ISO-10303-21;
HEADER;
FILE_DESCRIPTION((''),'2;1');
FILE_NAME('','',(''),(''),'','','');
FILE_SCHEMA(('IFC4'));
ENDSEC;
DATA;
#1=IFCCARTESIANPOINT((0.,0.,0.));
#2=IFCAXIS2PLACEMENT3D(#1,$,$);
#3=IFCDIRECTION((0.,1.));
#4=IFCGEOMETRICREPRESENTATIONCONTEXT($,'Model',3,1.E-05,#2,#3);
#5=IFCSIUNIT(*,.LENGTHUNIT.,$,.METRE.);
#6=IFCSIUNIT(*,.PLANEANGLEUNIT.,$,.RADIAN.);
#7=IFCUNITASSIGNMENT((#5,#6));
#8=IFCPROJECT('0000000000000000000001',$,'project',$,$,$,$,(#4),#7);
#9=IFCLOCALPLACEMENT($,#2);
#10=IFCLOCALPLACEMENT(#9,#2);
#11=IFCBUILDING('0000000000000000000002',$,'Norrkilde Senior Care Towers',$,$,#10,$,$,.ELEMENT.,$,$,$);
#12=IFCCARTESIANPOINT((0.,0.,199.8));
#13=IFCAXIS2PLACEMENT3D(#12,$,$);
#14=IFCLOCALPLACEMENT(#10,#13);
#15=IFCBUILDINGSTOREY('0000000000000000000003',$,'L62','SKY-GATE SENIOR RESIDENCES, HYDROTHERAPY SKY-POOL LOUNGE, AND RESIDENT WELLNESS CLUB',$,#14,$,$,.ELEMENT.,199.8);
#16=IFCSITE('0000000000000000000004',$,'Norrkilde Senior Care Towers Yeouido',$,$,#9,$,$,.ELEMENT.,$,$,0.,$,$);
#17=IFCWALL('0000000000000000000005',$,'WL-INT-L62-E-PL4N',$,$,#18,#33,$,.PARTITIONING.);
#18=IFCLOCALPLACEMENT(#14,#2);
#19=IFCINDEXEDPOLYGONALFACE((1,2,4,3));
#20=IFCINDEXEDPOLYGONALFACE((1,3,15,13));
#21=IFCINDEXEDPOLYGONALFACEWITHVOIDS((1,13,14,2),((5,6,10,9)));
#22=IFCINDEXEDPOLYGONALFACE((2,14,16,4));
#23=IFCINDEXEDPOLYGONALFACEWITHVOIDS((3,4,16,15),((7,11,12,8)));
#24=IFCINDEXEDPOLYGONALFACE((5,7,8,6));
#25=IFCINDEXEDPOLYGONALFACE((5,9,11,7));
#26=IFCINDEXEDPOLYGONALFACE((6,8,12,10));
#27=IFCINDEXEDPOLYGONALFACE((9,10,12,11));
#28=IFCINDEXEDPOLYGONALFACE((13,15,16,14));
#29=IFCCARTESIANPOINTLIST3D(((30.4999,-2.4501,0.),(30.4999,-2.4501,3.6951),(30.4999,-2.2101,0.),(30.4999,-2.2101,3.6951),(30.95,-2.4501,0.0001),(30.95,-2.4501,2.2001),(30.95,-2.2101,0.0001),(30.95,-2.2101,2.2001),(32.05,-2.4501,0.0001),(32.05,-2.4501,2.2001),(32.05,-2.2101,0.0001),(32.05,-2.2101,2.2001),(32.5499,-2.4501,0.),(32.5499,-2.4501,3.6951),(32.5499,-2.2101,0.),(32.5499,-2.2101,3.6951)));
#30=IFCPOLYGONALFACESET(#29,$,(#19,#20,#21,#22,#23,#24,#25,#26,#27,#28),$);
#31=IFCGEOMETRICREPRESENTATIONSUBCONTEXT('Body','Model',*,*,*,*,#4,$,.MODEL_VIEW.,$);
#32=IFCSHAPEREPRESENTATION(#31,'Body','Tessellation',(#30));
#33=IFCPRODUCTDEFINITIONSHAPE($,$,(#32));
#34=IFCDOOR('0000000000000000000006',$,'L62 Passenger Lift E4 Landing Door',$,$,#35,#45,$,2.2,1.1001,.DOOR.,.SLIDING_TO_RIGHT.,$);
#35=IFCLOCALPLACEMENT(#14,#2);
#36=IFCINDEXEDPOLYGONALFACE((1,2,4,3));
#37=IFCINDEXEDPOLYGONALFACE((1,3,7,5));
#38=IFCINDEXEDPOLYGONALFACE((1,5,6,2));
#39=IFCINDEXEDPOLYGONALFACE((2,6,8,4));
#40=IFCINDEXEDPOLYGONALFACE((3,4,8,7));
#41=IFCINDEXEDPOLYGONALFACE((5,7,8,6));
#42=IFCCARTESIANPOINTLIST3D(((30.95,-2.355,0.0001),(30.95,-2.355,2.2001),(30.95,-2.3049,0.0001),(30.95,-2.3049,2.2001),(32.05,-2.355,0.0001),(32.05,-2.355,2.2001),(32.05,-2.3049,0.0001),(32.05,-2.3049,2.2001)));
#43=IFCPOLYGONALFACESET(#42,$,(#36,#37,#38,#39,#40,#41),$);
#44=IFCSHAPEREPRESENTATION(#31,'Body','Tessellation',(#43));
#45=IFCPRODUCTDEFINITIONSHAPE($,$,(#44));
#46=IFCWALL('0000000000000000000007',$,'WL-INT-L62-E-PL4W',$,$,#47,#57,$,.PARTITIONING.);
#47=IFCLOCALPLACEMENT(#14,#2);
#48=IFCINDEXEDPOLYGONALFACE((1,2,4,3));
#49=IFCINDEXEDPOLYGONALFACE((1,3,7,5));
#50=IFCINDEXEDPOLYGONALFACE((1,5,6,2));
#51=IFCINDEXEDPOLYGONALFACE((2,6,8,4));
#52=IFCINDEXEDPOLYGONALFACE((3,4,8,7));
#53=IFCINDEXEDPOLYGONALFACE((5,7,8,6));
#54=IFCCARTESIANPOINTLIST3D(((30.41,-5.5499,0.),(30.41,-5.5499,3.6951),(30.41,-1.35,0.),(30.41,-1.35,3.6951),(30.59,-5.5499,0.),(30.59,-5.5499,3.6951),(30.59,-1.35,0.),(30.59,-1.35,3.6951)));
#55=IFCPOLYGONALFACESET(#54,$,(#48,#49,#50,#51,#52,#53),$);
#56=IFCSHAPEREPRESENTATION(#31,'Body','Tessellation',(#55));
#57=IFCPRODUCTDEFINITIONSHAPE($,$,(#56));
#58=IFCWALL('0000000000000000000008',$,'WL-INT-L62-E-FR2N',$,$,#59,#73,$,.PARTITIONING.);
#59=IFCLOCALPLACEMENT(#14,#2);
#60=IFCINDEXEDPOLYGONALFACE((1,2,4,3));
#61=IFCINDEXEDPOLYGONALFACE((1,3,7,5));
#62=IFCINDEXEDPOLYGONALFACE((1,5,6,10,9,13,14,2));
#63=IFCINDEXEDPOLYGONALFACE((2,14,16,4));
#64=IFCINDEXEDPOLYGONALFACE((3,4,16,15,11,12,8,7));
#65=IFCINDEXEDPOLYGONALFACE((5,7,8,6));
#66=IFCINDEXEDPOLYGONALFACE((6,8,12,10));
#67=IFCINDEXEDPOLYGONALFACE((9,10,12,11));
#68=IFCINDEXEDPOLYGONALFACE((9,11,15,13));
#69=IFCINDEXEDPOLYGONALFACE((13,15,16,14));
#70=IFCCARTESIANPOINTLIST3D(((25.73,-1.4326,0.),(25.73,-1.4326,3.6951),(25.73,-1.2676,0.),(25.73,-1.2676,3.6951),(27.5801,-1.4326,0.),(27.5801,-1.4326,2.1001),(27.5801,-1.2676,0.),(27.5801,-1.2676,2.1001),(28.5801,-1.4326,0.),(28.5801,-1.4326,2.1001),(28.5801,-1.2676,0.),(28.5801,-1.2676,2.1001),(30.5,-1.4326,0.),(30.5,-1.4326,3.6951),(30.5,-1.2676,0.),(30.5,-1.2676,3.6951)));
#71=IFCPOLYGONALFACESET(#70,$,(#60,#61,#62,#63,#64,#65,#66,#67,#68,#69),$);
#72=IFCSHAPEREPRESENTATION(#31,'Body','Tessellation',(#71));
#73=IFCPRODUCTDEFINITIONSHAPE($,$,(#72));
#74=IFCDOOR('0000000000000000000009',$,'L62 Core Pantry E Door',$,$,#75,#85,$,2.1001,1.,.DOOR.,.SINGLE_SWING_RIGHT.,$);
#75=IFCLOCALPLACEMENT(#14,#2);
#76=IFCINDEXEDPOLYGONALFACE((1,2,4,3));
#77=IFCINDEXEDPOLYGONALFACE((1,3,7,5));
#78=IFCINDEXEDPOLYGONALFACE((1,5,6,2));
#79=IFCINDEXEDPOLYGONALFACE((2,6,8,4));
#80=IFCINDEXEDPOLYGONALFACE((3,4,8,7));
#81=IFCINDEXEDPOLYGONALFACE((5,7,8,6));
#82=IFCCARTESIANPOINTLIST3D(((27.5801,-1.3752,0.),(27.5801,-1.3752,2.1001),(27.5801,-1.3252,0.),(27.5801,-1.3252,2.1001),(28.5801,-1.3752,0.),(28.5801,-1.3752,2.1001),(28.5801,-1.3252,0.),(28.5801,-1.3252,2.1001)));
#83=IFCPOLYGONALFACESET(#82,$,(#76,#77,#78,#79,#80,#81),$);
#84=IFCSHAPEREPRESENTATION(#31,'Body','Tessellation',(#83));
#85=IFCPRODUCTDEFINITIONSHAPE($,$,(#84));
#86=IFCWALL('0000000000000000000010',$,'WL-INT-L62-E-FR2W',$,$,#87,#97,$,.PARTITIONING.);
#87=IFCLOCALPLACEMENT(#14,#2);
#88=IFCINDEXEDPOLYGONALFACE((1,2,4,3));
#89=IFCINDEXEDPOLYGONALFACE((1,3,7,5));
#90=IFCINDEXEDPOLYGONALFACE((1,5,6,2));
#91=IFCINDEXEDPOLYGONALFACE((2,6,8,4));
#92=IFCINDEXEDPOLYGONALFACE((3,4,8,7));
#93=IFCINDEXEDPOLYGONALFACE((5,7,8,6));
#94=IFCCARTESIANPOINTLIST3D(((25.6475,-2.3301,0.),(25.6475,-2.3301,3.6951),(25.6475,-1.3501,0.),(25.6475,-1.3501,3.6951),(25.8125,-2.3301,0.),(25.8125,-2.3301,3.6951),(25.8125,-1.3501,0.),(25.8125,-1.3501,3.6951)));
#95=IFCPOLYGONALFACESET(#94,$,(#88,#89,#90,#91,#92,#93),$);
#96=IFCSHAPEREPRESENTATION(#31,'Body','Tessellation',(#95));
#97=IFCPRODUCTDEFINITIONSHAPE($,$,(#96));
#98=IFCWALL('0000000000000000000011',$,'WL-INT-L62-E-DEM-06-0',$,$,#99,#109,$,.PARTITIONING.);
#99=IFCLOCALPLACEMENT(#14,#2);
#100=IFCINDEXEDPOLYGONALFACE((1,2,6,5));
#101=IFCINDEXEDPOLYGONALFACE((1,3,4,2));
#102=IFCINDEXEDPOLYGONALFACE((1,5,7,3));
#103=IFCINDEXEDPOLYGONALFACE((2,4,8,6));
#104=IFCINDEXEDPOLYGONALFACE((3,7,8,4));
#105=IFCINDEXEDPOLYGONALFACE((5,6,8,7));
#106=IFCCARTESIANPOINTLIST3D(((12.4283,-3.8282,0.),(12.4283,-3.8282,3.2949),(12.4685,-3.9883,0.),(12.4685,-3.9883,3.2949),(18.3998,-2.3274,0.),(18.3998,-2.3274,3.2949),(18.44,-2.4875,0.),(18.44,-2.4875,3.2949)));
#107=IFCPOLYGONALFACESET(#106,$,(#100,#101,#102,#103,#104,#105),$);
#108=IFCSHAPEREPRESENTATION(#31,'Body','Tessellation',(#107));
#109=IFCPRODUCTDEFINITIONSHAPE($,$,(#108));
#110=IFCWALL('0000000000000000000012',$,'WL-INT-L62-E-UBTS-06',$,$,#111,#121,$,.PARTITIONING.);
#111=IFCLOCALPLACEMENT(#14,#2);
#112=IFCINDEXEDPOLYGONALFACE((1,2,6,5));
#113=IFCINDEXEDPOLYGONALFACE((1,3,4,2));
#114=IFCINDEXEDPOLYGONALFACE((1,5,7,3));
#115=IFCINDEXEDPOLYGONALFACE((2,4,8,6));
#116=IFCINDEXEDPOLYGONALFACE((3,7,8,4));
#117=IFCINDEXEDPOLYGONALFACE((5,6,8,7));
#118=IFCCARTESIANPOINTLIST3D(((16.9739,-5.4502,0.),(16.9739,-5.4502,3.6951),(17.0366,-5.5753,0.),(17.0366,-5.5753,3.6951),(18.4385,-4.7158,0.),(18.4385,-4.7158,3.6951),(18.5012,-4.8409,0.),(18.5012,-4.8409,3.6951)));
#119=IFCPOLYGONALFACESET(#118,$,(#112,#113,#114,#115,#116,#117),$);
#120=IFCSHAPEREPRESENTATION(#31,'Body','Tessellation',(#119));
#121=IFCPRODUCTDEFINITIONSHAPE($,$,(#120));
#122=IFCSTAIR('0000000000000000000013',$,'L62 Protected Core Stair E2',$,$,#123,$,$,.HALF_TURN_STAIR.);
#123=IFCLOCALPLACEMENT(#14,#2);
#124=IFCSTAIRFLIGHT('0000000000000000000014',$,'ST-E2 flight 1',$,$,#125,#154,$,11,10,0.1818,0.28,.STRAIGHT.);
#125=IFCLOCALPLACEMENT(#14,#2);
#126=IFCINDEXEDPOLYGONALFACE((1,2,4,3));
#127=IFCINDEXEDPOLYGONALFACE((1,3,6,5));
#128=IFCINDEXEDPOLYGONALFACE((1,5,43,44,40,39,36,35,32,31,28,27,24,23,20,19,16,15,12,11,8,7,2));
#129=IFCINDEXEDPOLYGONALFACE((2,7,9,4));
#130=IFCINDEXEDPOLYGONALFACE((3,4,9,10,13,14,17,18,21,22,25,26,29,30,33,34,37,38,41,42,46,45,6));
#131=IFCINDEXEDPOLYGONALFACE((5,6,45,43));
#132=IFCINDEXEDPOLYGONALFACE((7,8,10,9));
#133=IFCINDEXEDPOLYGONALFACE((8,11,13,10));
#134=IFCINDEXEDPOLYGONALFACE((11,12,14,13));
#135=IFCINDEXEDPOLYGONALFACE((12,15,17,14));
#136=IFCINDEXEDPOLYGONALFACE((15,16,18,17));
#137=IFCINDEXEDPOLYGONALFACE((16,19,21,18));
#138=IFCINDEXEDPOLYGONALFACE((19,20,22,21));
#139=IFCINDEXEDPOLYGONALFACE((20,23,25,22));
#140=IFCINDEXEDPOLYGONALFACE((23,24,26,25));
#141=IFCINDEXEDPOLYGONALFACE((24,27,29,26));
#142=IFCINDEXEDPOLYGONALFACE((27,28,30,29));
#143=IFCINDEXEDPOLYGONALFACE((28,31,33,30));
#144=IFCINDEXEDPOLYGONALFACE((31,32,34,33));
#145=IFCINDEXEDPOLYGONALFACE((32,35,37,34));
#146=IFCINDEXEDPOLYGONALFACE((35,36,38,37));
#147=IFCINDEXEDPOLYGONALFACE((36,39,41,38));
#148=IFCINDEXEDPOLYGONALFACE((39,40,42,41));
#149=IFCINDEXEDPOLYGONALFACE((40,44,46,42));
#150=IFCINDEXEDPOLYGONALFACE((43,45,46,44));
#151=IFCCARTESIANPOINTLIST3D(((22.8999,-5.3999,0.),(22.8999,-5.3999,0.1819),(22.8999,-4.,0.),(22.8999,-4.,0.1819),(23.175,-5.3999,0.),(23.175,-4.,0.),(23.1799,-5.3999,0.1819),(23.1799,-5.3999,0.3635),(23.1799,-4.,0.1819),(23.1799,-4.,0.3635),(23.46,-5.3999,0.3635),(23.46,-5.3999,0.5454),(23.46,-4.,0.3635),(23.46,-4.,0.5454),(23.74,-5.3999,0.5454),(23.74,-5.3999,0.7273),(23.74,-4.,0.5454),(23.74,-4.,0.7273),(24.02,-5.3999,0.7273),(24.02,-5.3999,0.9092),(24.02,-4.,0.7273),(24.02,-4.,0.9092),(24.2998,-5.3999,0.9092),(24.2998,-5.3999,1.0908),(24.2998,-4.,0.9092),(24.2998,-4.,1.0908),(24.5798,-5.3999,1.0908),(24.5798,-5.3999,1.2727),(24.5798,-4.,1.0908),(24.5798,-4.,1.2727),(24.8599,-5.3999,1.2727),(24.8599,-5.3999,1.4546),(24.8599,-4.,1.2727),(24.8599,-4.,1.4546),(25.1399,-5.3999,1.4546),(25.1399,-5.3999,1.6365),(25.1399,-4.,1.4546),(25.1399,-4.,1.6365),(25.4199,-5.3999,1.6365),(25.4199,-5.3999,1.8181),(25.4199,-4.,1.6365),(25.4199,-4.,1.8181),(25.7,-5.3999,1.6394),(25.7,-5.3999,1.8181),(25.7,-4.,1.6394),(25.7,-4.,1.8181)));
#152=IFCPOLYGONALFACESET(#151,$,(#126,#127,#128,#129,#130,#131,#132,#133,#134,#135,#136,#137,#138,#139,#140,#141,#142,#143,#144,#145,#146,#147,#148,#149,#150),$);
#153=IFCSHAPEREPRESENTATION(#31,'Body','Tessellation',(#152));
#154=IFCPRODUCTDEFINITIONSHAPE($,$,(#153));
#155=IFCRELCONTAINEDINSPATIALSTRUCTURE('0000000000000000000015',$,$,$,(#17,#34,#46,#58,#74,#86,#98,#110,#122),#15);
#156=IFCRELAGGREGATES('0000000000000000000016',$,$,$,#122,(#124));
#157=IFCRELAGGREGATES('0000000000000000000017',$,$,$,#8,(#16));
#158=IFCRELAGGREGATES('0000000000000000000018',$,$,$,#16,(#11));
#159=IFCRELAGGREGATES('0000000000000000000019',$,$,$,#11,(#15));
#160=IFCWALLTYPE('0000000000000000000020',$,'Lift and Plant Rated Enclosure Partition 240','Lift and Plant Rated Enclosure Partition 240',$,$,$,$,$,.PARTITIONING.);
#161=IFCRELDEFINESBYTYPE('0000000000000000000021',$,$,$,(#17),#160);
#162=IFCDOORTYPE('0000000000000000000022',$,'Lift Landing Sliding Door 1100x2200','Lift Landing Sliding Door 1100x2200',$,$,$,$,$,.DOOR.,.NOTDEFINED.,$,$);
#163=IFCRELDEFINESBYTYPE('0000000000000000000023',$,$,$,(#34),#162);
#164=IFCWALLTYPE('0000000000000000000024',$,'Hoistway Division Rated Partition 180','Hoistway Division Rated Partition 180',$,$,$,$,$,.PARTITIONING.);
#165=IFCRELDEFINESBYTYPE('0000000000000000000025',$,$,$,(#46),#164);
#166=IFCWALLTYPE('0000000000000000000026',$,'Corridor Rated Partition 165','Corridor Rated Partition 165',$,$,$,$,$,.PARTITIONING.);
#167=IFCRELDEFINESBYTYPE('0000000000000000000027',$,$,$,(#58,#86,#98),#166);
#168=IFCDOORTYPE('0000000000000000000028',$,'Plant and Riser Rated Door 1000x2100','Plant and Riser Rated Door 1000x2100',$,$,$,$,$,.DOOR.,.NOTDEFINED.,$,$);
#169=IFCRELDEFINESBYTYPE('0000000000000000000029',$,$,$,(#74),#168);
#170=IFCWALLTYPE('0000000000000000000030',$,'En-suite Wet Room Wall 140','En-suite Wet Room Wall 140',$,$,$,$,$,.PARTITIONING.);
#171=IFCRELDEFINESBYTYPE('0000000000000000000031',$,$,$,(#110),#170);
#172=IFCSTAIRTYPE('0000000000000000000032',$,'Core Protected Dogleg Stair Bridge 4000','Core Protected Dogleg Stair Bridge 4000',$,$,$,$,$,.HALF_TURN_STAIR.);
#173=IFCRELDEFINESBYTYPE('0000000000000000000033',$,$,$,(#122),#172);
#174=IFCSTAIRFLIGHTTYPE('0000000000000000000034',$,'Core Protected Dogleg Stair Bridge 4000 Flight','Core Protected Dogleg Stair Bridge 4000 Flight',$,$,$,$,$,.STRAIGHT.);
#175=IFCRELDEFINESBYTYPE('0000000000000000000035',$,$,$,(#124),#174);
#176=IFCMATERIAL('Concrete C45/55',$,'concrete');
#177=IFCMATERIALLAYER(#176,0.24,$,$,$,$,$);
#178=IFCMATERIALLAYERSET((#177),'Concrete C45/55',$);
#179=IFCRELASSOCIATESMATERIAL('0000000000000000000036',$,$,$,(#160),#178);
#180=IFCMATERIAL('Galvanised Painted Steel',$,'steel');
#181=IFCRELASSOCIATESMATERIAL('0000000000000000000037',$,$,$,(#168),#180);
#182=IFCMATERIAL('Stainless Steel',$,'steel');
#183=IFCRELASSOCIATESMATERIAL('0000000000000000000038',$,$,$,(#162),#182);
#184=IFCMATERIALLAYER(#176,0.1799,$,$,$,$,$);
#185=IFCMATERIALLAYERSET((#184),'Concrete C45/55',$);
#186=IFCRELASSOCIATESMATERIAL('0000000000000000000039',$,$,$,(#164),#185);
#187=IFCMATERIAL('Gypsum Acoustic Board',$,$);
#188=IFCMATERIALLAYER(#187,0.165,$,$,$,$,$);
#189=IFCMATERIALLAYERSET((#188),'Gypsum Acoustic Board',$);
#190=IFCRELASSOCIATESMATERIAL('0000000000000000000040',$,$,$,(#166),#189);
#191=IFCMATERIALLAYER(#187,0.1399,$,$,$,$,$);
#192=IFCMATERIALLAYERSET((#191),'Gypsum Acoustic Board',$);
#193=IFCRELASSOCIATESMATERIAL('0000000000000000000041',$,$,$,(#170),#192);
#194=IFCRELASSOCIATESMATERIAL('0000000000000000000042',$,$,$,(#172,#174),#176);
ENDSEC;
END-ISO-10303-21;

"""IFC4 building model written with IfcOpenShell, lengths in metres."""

from ifc_helpers import new_model, si_unit, direction, frame, frame_2d, origin, place, context, subcontext, project, spatial, polyline, rectangle, outline, extrude, source, transform, mapped, material, layer, layer_set, type_object, type_shapes, element, fill, aggregate, save


model = new_model("IFC4")

# Units and contexts
model_context = context("Model", 3, precision=1e-05, world=origin(), true_north=direction((0.0, 1.0)))
body_context = subcontext(model_context, "Body", "Model", "MODEL_VIEW")
ifc_project = project(units=[si_unit("LENGTHUNIT", "METRE"), si_unit("PLANEANGLEUNIT", "RADIAN")], contexts=[model_context])

# Site, building, storey
site_placement = place(None, origin())
site = spatial("IfcSite", under=ifc_project, at=site_placement, Name="Norrkilde Senior Care Towers Yeouido", CompositionType="ELEMENT", RefElevation=0.0)
building_placement = place(site_placement, origin())
building = spatial("IfcBuilding", under=site, at=building_placement, Name="Norrkilde Senior Care Towers", CompositionType="ELEMENT")
storey_placement = place(building_placement, frame((0.0, 0.0, 199.8)))
storey = spatial("IfcBuildingStorey", under=building, at=storey_placement, Name="L62", Description="SKY-GATE SENIOR RESIDENCES, HYDROTHERAPY SKY-POOL LOUNGE, AND RESIDENT WELLNESS CLUB", CompositionType="ELEMENT", Elevation=199.8)

# Shared definitions
ifc_material_1 = material(Name="Galvanised Painted Steel", Category="steel")
ifc_material_2 = material(Name="Concrete C45/55", Category="concrete")

# Shared definitions
ifc_layer_1 = layer(ifc_material_2, 0.24)
ifc_layer_set_1 = layer_set([ifc_layer_1], Name="Concrete C45/55")
wall_type_1 = type_object("IfcWallType", Name="Lift and Plant Rated Enclosure Partition 240", Description="Lift and Plant Rated Enclosure Partition 240", PredefinedType="PARTITIONING", material=ifc_layer_set_1)
door_type_1 = type_object("IfcDoorType", Name="Plant and Riser Rated Door 1000x2100", Description="Plant and Riser Rated Door 1000x2100", OperationType="NOTDEFINED", PredefinedType="DOOR", material=ifc_material_1)
shared_shape_1 = source(origin(), body_context, "Body", "SweptSolid", [
    extrude(rectangle(XDim=1.0, YDim=2.1001, at=frame_2d((0.5, 1.05))), frame((0.0, 0.0249, 0.0), z_axis=(0.0, -1.0, 0.0), x_axis=(1.0, 0.0, 0.0)), (0.0, 0.0, 1.0), 0.05),
])
type_shapes(door_type_1, [shared_shape_1])

# Shared definitions
ifc_material_3 = material(Name="Gypsum Acoustic Board")

# Wall, opening, door
shared_shape_2 = source(origin(), body_context, "Body", "SweptSolid", [
    extrude(rectangle(XDim=2.05, YDim=0.24, at=frame_2d((1.0249, 0.0))), origin(), (0.0, 0.0, 1.0), 3.6951),
])
wall_1_placement = place(storey_placement, frame((30.5, -2.3301, 0.0), z_axis=(0.0, 0.0, 1.0), x_axis=(1.0, 0.0, 0.0)))
wall_1 = element("IfcWall", 1, at=wall_1_placement, inside=storey, type_object=wall_type_1, Name="WL-INT-L62-E-PL4N", PredefinedType="PARTITIONING", context=body_context, shape_type="MappedRepresentation", body=[
    mapped(shared_shape_2, transform((0.0, 0.0, 0.0), x_axis=(1.0, 0.0, 0.0), y_axis=(0.0, 1.0, 0.0), z_axis=(0.0, 0.0, 1.0), scale=1.0)),
])
opening_1_placement = place(wall_1_placement, frame((0.45, 0.0, 0.0)))
opening_1 = element("IfcOpeningElement", 2, at=opening_1_placement, cuts=wall_1, PredefinedType="OPENING", context=body_context, shape_type="SweptSolid", body=[
    extrude(rectangle(XDim=1.1001, YDim=2.2, at=frame_2d((0.55, 1.1001))), frame((0.0, 0.1299, 0.0), z_axis=(0.0, -1.0, 0.0), x_axis=(1.0, 0.0, 0.0)), (0.0, 0.0, 1.0), 0.26),
])
ifc_material_4 = material(Name="Stainless Steel", Category="steel")
door_type_2 = type_object("IfcDoorType", Name="Lift Landing Sliding Door 1100x2200", Description="Lift Landing Sliding Door 1100x2200", OperationType="NOTDEFINED", PredefinedType="DOOR", material=ifc_material_4)
shared_shape_3 = source(origin(), body_context, "Body", "SweptSolid", [
    extrude(rectangle(XDim=1.1001, YDim=2.2, at=frame_2d((0.55, 1.1001))), frame((0.0, 0.0249, 0.0), z_axis=(0.0, -1.0, 0.0), x_axis=(1.0, 0.0, 0.0)), (0.0, 0.0, 1.0), 0.05),
])
type_shapes(door_type_2, [shared_shape_3])
door_1_placement = place(opening_1_placement, frame((1.1001, 0.0, 0.0), z_axis=(0.0, 0.0, 1.0), x_axis=(-1.0, 0.0, 0.0)))
door_1 = element("IfcDoor", 3, at=door_1_placement, inside=storey, type_object=door_type_2, Name="L62 Passenger Lift E4 Landing Door", OperationType="SLIDING_TO_RIGHT", OverallHeight=2.2, OverallWidth=1.1001, PredefinedType="DOOR", context=body_context, shape_type="MappedRepresentation", body=[
    mapped(shared_shape_3, transform((0.0, 0.0, 0.0), x_axis=(1.0, 0.0, 0.0), y_axis=(0.0, 1.0, 0.0), z_axis=(0.0, 0.0, 1.0), scale=1.0)),
])
fill(opening_1, door_1)

# Wall
ifc_layer_2 = layer(ifc_material_2, 0.1799)
ifc_layer_set_2 = layer_set([ifc_layer_2], Name="Concrete C45/55")
wall_type_2 = type_object("IfcWallType", Name="Hoistway Division Rated Partition 180", Description="Hoistway Division Rated Partition 180", PredefinedType="PARTITIONING", material=ifc_layer_set_2)
shared_shape_4 = source(origin(), body_context, "Body", "SweptSolid", [
    extrude(rectangle(XDim=4.2, YDim=0.1799, at=frame_2d((2.1001, 0.0))), origin(), (0.0, 0.0, 1.0), 3.6951),
])
type_shapes(wall_type_2, [shared_shape_4])
wall_2_placement = place(storey_placement, frame((30.5, -5.55, 0.0), z_axis=(0.0, 0.0, 1.0), x_axis=(0.0, 1.0, 0.0)))
element("IfcWall", 4, at=wall_2_placement, inside=storey, type_object=wall_type_2, Name="WL-INT-L62-E-PL4W", PredefinedType="PARTITIONING", context=body_context, shape_type="MappedRepresentation", body=[
    mapped(shared_shape_4, transform((0.0, 0.0, 0.0), x_axis=(1.0, 0.0, 0.0), y_axis=(0.0, 1.0, 0.0), z_axis=(0.0, 0.0, 1.0), scale=1.0)),
])

# Wall, opening, door
ifc_layer_3 = layer(ifc_material_3, 0.165)
ifc_layer_set_3 = layer_set([ifc_layer_3], Name="Gypsum Acoustic Board")
wall_type_3 = type_object("IfcWallType", Name="Corridor Rated Partition 165", Description="Corridor Rated Partition 165", PredefinedType="PARTITIONING", material=ifc_layer_set_3)
shared_shape_5 = source(origin(), body_context, "Body", "SweptSolid", [
    extrude(rectangle(XDim=4.77, YDim=0.165, at=frame_2d((2.385, 0.0))), origin(), (0.0, 0.0, 1.0), 3.6951),
])
wall_3_placement = place(storey_placement, frame((25.73, -1.3501, 0.0), z_axis=(0.0, 0.0, 1.0), x_axis=(1.0, 0.0, 0.0)))
wall_3 = element("IfcWall", 5, at=wall_3_placement, inside=storey, type_object=wall_type_3, Name="WL-INT-L62-E-FR2N", PredefinedType="PARTITIONING", context=body_context, shape_type="MappedRepresentation", body=[
    mapped(shared_shape_5, transform((0.0, 0.0, 0.0), x_axis=(1.0, 0.0, 0.0), y_axis=(0.0, 1.0, 0.0), z_axis=(0.0, 0.0, 1.0), scale=1.0)),
])
opening_2_placement = place(wall_3_placement, frame((1.8501, 0.0, 0.0)))
opening_2 = element("IfcOpeningElement", 6, at=opening_2_placement, cuts=wall_3, PredefinedType="OPENING", context=body_context, shape_type="SweptSolid", body=[
    extrude(rectangle(XDim=1.0, YDim=2.1001, at=frame_2d((0.5, 1.05))), frame((0.0, 0.0925, 0.0), z_axis=(0.0, -1.0, 0.0), x_axis=(1.0, 0.0, 0.0)), (0.0, 0.0, 1.0), 0.1851),
])
door_2_placement = place(opening_2_placement, origin())
door_2 = element("IfcDoor", 7, at=door_2_placement, inside=storey, type_object=door_type_1, Name="L62 Core Pantry E Door", OperationType="SINGLE_SWING_RIGHT", OverallHeight=2.1001, OverallWidth=1.0, PredefinedType="DOOR", context=body_context, shape_type="MappedRepresentation", body=[
    mapped(shared_shape_1, transform((0.0, 0.0, 0.0), x_axis=(1.0, 0.0, 0.0), y_axis=(0.0, 1.0, 0.0), z_axis=(0.0, 0.0, 1.0), scale=1.0)),
])
fill(opening_2, door_2)

# Walls
shared_shape_6 = source(origin(), body_context, "Body", "SweptSolid", [
    extrude(rectangle(XDim=0.98, YDim=0.165, at=frame_2d((0.49, 0.0))), origin(), (0.0, 0.0, 1.0), 3.6951),
])
wall_4_placement = place(storey_placement, frame((25.73, -2.3301, 0.0), z_axis=(0.0, 0.0, 1.0), x_axis=(0.0, 1.0, 0.0)))
element("IfcWall", 8, at=wall_4_placement, inside=storey, type_object=wall_type_3, Name="WL-INT-L62-E-FR2W", PredefinedType="PARTITIONING", context=body_context, shape_type="MappedRepresentation", body=[
    mapped(shared_shape_6, transform((0.0, 0.0, 0.0), x_axis=(1.0, 0.0, 0.0), y_axis=(0.0, 1.0, 0.0), z_axis=(0.0, 0.0, 1.0), scale=1.0)),
])
shared_shape_7 = source(origin(), body_context, "Body", "SweptSolid", [
    extrude(rectangle(XDim=6.1572, YDim=0.165, at=frame_2d((3.0786, 0.0))), origin(), (0.0, 0.0, 1.0), 3.2949),
])
type_shapes(wall_type_3, [shared_shape_5, shared_shape_6, shared_shape_7])
wall_5_placement = place(storey_placement, frame((18.4199, -2.4075, 0.0), z_axis=(0.0, 0.0, 1.0), x_axis=(-0.969841, -0.243739, 0.0)))
element("IfcWall", 9, at=wall_5_placement, inside=storey, type_object=wall_type_3, Name="WL-INT-L62-E-DEM-06-0", PredefinedType="PARTITIONING", context=body_context, shape_type="MappedRepresentation", body=[
    mapped(shared_shape_7, transform((0.0, 0.0, 0.0), x_axis=(1.0, 0.0, 0.0), y_axis=(0.0, 1.0, 0.0), z_axis=(0.0, 0.0, 1.0), scale=1.0)),
])
ifc_layer_4 = layer(ifc_material_3, 0.1399)
ifc_layer_set_4 = layer_set([ifc_layer_4], Name="Gypsum Acoustic Board")
wall_type_4 = type_object("IfcWallType", Name="En-suite Wet Room Wall 140", Description="En-suite Wet Room Wall 140", PredefinedType="PARTITIONING", material=ifc_layer_set_4)
shared_shape_8 = source(origin(), body_context, "Body", "SweptSolid", [
    extrude(rectangle(XDim=1.6384, YDim=0.1399, at=frame_2d((0.8193, 0.0))), origin(), (0.0, 0.0, 1.0), 3.6951),
])
type_shapes(wall_type_4, [shared_shape_8])
wall_6_placement = place(storey_placement, frame((18.47, -4.7783, 0.0), z_axis=(0.0, 0.0, 1.0), x_axis=(-0.89392, -0.448227, 0.0)))
element("IfcWall", 10, at=wall_6_placement, inside=storey, type_object=wall_type_4, Name="WL-INT-L62-E-UBTS-06", PredefinedType="PARTITIONING", context=body_context, shape_type="MappedRepresentation", body=[
    mapped(shared_shape_8, transform((0.0, 0.0, 0.0), x_axis=(1.0, 0.0, 0.0), y_axis=(0.0, 1.0, 0.0), z_axis=(0.0, 0.0, 1.0), scale=1.0)),
])

# Stair, stair flight
stair_type = type_object("IfcStairType", Name="Core Protected Dogleg Stair Bridge 4000", Description="Core Protected Dogleg Stair Bridge 4000", PredefinedType="HALF_TURN_STAIR", material=ifc_material_2)
stair_placement = place(storey_placement, origin())
stair = element("IfcStair", 11, at=stair_placement, inside=storey, type_object=stair_type, Name="L62 Protected Core Stair E2", PredefinedType="HALF_TURN_STAIR")
stair_flight_type = type_object("IfcStairFlightType", Name="Core Protected Dogleg Stair Bridge 4000 Flight", Description="Core Protected Dogleg Stair Bridge 4000 Flight", PredefinedType="STRAIGHT", material=ifc_material_2)
stair_flight_1_placement = place(storey_placement, frame((22.8999, -4.7, 0.0), z_axis=(0.0, 0.0, 1.0), x_axis=(1.0, 0.0, 0.0)))
stair_flight_1 = element("IfcStairFlight", 12, at=stair_flight_1_placement, type_object=stair_flight_type, Name="ST-E2 flight 1", NumberOfRisers=11, NumberOfTreads=10, PredefinedType="STRAIGHT", RiserHeight=0.1818, TreadLength=0.28, context=body_context, shape_type="SweptSolid", body=[
    extrude(outline(polyline([(0.0, 0.0), (0.0, 0.1819), (0.28, 0.1819), (0.28, 0.3635), (0.5601, 0.3635), (0.5601, 0.5454), (0.8401, 0.5454), (0.8401, 0.7273), (1.1201, 0.7273), (1.1201, 0.9092), (1.3999, 0.9092), (1.3999, 1.0908), (1.6799, 1.0908), (1.6799, 1.2727), (1.96, 1.2727), (1.96, 1.4546), (2.24, 1.4546), (2.24, 1.6365), (2.52, 1.6365), (2.52, 1.8181), (2.8, 1.8181), (2.8, 2.0), (2.8, 1.6394), (0.2751, 0.0), (0.0, 0.0)])), frame((0.0, 0.7, 0.0), z_axis=(0.0, -1.0, 0.0), x_axis=(1.0, 0.0, 0.0)), (0.0, 0.0, 1.0), 1.3999),
])
aggregate(stair, [stair_flight_1])

save(model, "model.ifc")
